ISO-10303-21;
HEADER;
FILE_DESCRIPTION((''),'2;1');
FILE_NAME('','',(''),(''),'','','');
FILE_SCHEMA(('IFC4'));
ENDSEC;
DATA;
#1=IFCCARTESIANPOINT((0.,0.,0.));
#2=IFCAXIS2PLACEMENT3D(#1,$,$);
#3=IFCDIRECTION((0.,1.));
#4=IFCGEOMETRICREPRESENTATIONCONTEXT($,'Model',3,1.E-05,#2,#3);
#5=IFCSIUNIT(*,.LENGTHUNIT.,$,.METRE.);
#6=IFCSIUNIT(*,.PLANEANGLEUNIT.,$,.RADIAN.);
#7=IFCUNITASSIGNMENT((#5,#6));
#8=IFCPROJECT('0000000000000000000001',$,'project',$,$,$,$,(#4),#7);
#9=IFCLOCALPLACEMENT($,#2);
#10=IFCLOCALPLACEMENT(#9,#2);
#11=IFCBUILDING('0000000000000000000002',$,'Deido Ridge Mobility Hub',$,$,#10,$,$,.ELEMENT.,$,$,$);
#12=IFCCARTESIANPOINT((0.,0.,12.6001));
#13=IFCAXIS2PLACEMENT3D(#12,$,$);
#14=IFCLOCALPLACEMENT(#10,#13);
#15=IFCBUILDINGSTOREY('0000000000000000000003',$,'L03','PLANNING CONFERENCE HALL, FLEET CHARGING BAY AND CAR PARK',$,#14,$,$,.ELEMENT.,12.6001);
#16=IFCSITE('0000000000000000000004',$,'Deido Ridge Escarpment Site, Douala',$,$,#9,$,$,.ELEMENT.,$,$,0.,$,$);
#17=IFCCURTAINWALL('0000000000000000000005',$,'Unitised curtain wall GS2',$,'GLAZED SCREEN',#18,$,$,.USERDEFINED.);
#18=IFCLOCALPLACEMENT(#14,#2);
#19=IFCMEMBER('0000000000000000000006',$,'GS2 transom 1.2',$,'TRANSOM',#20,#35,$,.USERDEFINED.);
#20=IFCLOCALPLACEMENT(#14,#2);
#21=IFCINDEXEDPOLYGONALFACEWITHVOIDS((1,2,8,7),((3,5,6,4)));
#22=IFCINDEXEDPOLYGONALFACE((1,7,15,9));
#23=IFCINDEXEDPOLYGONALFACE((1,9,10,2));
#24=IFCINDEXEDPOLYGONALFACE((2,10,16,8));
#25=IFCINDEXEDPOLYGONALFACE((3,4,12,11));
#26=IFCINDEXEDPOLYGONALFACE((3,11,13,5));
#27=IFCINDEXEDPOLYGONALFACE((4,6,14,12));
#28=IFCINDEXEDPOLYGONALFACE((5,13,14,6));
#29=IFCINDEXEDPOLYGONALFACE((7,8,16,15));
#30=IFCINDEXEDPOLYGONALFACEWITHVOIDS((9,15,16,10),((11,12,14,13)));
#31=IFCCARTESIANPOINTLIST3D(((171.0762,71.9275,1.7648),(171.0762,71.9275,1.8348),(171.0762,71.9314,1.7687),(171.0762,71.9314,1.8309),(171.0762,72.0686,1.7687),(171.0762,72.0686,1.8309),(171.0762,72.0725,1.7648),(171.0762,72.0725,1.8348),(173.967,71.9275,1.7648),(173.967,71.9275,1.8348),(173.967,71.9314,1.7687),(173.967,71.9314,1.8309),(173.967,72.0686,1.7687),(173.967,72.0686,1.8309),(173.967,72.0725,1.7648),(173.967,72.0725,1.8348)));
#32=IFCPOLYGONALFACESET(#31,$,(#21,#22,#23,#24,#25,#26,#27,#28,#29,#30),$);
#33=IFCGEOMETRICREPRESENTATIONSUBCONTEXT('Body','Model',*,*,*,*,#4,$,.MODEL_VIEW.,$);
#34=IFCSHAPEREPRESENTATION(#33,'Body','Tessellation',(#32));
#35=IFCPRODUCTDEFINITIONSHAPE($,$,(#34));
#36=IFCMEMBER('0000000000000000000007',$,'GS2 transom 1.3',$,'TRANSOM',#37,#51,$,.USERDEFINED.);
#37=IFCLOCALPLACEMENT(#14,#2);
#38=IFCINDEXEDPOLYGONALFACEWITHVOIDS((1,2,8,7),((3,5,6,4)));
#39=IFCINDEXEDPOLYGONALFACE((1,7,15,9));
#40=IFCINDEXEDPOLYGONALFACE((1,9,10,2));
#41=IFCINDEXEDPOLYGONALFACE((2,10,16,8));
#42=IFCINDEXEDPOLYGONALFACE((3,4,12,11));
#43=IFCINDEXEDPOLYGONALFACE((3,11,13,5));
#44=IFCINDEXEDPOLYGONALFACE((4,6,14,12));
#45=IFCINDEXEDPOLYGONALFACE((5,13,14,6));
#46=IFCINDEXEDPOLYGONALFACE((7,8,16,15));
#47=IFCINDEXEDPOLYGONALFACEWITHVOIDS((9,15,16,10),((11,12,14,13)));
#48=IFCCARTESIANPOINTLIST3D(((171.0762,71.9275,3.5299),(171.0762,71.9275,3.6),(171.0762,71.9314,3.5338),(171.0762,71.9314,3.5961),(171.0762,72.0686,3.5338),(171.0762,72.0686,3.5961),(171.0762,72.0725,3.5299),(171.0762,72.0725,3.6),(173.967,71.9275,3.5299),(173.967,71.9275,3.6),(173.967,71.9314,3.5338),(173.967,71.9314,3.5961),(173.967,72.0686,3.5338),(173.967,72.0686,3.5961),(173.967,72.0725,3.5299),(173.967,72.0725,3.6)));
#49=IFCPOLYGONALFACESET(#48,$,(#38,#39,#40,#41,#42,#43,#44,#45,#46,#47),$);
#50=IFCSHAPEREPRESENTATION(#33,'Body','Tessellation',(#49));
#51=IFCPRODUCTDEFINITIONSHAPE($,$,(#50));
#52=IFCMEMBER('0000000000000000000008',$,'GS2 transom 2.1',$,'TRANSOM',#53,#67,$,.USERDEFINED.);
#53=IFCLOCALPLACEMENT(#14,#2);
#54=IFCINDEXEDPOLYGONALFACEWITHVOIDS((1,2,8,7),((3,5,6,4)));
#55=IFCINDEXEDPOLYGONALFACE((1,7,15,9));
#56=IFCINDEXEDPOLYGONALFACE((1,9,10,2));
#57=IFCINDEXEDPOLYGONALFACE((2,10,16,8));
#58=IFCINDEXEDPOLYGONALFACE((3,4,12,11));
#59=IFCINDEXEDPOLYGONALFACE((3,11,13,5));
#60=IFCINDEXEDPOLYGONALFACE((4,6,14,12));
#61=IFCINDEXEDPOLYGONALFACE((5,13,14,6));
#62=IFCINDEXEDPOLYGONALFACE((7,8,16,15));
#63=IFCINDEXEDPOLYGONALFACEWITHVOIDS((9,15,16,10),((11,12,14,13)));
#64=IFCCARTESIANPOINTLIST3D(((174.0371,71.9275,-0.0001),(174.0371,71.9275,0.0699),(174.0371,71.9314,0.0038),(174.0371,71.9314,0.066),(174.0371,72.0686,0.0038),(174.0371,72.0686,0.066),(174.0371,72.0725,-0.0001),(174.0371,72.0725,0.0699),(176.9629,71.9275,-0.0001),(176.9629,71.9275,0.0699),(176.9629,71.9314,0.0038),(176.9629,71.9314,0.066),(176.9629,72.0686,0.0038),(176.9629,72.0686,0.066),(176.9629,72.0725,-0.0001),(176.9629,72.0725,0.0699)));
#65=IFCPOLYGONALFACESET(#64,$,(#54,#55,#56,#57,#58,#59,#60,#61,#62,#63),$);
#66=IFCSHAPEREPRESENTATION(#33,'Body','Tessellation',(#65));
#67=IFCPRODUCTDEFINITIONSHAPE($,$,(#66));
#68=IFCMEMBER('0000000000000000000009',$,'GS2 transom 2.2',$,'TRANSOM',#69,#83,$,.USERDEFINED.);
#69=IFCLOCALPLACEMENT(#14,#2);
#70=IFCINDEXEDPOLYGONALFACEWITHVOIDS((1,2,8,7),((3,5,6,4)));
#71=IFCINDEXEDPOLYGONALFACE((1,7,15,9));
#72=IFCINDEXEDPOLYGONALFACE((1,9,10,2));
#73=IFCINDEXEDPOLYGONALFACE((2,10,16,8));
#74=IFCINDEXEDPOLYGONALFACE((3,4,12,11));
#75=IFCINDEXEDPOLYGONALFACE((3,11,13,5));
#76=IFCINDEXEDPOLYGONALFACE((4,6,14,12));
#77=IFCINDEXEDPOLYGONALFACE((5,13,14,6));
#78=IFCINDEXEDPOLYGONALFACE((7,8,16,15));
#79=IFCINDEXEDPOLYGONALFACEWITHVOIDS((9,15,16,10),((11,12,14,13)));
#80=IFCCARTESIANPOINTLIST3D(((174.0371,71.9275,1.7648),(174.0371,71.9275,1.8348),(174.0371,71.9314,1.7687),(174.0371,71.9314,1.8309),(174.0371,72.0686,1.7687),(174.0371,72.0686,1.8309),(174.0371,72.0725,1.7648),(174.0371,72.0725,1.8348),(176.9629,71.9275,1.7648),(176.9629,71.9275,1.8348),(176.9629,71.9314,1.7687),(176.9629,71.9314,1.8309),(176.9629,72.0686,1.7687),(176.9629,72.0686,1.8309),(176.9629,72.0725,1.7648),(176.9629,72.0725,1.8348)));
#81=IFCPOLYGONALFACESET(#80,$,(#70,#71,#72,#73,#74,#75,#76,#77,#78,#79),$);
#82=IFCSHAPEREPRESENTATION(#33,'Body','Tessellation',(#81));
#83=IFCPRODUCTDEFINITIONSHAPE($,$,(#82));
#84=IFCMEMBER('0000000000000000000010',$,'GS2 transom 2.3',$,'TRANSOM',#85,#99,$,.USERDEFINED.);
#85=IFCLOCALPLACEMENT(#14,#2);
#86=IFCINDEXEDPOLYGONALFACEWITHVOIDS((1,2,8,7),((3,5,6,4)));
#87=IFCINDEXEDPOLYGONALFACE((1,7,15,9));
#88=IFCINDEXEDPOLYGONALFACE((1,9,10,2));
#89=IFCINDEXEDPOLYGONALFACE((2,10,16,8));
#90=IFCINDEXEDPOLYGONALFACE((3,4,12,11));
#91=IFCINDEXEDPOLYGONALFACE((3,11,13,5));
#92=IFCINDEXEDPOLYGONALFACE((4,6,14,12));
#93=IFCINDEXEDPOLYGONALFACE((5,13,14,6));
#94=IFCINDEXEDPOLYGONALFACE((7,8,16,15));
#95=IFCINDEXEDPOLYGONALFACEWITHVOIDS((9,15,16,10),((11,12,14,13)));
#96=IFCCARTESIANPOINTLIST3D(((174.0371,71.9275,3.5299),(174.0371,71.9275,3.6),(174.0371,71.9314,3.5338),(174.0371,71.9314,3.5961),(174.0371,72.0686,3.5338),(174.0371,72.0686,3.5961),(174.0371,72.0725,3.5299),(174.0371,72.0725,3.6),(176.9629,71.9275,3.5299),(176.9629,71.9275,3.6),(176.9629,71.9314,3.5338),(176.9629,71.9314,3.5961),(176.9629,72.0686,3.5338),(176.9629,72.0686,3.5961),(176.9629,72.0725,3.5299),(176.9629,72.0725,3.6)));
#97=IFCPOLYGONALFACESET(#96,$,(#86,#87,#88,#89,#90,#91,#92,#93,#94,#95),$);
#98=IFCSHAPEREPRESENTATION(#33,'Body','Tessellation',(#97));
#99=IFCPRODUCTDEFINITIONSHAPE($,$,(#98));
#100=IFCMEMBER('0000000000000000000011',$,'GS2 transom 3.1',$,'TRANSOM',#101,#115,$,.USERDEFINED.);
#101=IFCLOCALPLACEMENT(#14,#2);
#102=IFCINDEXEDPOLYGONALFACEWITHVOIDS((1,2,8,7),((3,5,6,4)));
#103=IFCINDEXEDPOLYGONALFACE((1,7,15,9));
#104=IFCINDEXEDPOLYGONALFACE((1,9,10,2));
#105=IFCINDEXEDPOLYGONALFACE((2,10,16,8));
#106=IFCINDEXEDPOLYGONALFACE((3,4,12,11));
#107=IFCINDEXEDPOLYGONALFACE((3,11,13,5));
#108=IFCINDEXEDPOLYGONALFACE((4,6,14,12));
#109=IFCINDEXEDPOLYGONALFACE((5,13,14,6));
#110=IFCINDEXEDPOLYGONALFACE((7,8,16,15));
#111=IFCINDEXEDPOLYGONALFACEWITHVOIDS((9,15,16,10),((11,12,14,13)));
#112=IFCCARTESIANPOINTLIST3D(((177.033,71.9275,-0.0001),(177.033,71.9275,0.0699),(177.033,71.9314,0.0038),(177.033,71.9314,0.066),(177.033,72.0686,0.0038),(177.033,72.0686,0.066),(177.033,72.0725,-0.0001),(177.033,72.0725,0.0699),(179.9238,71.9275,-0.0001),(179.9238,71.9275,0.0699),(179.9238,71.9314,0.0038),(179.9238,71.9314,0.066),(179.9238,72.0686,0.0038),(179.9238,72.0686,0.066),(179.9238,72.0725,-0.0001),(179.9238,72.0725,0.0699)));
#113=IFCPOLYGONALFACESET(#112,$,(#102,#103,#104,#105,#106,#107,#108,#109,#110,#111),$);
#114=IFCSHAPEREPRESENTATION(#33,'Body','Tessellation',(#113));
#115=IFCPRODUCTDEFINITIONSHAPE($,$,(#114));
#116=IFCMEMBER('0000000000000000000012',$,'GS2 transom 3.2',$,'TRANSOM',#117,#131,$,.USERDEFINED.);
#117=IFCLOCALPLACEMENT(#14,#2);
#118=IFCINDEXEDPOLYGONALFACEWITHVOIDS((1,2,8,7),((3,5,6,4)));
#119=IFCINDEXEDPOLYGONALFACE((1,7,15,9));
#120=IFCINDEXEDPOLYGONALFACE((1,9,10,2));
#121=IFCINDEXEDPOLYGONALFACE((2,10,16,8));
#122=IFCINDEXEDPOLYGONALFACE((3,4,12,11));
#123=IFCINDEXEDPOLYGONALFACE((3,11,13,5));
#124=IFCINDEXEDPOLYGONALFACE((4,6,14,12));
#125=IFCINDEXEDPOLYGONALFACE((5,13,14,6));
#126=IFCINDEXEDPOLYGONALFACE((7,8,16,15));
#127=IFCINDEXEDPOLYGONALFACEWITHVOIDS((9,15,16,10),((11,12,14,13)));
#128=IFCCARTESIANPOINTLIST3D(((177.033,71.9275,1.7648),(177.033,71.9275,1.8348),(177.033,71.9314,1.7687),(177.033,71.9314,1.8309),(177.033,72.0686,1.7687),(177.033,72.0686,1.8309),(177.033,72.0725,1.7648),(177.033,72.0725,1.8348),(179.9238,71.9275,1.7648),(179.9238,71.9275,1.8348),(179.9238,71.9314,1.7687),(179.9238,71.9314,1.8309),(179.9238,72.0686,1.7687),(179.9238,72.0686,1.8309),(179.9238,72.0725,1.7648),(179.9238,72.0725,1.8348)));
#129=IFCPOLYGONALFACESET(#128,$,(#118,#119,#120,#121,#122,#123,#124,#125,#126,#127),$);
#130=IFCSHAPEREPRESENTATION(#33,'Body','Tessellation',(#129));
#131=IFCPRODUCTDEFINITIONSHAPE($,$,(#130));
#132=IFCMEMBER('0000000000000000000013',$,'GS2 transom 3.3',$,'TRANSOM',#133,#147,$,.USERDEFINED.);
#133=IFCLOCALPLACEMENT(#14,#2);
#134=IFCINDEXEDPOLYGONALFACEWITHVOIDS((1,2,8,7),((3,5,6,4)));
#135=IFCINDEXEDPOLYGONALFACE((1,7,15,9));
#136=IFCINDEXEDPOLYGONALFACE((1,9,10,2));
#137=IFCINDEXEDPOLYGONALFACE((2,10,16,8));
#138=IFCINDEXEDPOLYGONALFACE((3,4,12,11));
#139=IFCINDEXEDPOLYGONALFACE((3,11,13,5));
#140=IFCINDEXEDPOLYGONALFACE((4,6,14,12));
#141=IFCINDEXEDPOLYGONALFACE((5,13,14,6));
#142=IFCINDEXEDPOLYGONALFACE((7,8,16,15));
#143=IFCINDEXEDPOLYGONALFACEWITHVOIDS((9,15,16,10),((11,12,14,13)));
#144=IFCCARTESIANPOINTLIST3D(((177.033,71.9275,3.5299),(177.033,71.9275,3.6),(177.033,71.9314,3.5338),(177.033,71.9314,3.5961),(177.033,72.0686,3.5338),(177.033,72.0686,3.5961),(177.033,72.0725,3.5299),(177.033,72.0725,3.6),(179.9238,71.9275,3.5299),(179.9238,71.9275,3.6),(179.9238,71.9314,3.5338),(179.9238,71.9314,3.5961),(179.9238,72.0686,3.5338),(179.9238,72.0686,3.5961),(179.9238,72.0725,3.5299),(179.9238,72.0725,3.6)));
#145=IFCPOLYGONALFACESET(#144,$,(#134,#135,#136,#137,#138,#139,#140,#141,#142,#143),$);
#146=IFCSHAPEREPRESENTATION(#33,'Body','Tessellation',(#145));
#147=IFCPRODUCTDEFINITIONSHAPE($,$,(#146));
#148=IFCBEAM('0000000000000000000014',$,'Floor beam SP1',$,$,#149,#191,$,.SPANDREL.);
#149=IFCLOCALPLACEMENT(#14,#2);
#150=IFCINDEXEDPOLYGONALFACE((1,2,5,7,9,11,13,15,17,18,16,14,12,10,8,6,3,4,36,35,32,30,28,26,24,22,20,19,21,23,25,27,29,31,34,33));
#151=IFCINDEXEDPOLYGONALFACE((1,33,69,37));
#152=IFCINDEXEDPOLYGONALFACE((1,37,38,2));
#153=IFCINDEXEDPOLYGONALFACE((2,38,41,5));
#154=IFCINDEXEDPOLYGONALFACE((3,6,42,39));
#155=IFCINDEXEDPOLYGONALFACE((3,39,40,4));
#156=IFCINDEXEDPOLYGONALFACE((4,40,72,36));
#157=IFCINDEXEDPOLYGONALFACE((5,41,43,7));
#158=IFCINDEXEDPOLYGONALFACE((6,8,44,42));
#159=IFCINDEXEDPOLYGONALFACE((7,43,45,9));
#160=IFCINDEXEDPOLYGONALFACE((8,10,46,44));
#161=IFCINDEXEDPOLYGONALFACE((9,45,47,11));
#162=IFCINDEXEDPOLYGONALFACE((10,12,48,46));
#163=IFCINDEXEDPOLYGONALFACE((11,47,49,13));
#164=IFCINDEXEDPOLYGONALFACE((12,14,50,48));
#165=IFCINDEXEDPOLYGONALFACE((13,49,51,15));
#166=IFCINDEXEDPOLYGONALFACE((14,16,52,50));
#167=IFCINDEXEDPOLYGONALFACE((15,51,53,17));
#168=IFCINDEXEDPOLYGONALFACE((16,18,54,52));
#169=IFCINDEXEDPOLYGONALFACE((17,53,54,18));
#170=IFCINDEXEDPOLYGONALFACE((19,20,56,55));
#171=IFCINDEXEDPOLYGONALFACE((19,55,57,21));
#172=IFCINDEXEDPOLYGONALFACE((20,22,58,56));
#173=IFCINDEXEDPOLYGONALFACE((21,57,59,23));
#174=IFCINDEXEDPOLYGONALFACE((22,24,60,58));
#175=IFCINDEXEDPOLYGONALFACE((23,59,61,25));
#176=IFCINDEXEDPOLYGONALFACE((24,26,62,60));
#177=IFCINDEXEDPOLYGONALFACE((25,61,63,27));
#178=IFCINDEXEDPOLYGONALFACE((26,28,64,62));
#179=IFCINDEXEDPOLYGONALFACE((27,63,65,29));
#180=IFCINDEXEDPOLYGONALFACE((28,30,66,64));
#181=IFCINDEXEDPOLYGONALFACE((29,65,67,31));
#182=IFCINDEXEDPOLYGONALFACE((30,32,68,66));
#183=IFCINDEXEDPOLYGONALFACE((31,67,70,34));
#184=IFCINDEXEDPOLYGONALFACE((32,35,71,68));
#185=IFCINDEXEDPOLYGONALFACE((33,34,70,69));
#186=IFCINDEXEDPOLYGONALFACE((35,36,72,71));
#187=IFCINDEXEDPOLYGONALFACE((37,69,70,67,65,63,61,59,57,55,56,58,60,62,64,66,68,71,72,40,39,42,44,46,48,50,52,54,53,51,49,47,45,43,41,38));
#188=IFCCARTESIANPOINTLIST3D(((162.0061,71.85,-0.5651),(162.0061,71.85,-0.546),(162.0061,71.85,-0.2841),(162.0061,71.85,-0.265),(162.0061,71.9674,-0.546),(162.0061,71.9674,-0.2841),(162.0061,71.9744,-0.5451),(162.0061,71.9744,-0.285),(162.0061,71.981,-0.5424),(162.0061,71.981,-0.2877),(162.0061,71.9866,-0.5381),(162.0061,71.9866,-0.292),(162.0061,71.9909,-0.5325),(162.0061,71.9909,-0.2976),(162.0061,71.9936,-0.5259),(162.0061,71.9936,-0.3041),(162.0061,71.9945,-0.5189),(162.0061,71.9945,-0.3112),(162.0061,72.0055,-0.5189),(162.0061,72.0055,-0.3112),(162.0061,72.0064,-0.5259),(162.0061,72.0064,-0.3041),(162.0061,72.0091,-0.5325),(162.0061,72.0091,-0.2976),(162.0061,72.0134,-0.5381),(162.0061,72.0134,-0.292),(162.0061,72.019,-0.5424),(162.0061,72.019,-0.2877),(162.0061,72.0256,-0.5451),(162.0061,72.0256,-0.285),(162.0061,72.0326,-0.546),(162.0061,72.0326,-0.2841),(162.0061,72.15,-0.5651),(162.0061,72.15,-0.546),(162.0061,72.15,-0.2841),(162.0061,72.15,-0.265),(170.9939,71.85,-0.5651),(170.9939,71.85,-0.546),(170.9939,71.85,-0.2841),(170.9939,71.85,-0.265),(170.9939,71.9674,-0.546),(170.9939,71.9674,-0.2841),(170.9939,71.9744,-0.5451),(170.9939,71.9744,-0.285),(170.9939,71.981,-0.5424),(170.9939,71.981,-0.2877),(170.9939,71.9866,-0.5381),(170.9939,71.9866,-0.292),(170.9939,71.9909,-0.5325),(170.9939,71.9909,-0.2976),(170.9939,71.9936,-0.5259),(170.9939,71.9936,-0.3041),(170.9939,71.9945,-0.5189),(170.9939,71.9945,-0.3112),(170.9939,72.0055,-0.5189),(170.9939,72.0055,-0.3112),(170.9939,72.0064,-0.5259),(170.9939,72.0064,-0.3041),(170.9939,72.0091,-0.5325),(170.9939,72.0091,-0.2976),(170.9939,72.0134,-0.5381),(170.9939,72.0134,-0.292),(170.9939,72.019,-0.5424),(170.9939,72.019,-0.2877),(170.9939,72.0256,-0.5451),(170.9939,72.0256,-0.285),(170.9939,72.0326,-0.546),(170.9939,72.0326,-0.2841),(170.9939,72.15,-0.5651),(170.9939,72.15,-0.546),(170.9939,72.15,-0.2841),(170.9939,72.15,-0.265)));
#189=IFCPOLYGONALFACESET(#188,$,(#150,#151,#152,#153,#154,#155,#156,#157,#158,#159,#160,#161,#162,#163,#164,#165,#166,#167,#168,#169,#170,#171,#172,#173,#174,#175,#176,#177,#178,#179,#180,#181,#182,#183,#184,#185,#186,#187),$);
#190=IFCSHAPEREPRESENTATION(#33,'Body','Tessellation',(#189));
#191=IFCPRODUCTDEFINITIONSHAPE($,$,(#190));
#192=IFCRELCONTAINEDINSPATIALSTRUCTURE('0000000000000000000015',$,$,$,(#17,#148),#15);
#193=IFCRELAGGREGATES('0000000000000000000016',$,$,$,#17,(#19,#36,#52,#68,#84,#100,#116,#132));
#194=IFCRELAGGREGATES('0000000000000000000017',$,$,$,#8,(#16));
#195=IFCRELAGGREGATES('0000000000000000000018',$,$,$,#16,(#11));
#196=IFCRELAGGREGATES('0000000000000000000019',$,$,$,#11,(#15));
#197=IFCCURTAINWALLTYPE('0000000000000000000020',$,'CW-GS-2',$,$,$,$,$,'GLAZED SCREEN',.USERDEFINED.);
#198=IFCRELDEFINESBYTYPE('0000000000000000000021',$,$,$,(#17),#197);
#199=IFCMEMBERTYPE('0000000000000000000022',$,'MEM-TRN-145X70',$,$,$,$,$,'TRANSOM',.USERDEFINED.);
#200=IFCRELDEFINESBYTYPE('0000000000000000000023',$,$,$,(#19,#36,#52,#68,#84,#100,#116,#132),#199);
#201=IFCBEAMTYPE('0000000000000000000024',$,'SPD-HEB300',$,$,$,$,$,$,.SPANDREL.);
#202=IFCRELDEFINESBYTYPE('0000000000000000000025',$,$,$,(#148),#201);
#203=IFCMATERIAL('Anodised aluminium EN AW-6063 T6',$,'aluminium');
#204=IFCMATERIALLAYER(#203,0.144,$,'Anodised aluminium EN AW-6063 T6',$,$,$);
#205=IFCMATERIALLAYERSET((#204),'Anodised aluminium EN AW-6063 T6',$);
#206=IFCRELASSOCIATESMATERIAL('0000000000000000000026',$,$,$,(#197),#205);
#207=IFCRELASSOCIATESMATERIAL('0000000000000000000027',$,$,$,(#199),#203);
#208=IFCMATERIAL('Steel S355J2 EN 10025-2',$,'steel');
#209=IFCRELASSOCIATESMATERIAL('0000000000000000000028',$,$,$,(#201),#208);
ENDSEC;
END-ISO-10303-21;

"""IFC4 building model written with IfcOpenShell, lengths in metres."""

from ifc_helpers import new_model, si_unit, direction, frame, origin, origin_2d, place, context, subcontext, project, spatial, hollow_rectangle, i_section, extrude, material, layer, layer_set, material_profile, profile_set, type_object, element, aggregate, save


model = new_model("IFC4")

# Units and contexts
model_context = context("Model", 3, precision=1e-05, world=origin(), true_north=direction((0.0, 1.0)))
body_context = subcontext(model_context, "Body", "Model", "MODEL_VIEW")
ifc_project = project(units=[si_unit("LENGTHUNIT", "METRE"), si_unit("PLANEANGLEUNIT", "RADIAN")], contexts=[model_context])

# Site, building, storey
site_placement = place(None, origin())
site = spatial("IfcSite", under=ifc_project, at=site_placement, Name="Deido Ridge Escarpment Site, Douala", CompositionType="ELEMENT", RefElevation=0.0)
building_placement = place(site_placement, origin())
building = spatial("IfcBuilding", under=site, at=building_placement, Name="Deido Ridge Mobility Hub", CompositionType="ELEMENT")
storey_placement = place(building_placement, frame((0.0, 0.0, 12.6001)))
storey = spatial("IfcBuildingStorey", under=building, at=storey_placement, Name="L03", Description="PLANNING CONFERENCE HALL, FLEET CHARGING BAY AND CAR PARK", CompositionType="ELEMENT", Elevation=12.6001)

# Shared definitions
ifc_material_1 = material(Name="Steel S355J2 EN 10025-2", Category="steel")

# Curtain wall, members
ifc_material_2 = material(Name="Anodised aluminium EN AW-6063 T6", Category="aluminium")
ifc_layer_1 = layer(ifc_material_2, 0.144, Name="Anodised aluminium EN AW-6063 T6")
ifc_layer_set_1 = layer_set([ifc_layer_1], Name="Anodised aluminium EN AW-6063 T6")
curtain_wall_type = type_object("IfcCurtainWallType", Name="CW-GS-2", ElementType="GLAZED SCREEN", PredefinedType="USERDEFINED", material=ifc_layer_set_1)
curtain_wall_placement = place(storey_placement, origin())
curtain_wall = element("IfcCurtainWall", 1, at=curtain_wall_placement, inside=storey, type_object=curtain_wall_type, Name="Unitised curtain wall GS2", ObjectType="GLAZED SCREEN", PredefinedType="USERDEFINED")
ifc_material_profile_1 = material_profile(ifc_material_2, hollow_rectangle(XDim=0.145, YDim=0.0701, WallThickness=0.0039, at=origin_2d()), Name="RHS 145x70x4")
ifc_profile_set_1 = profile_set([ifc_material_profile_1], Name="Anodised aluminium EN AW-6063 T6")
member_type_1 = type_object("IfcMemberType", Name="MEM-TRN-145X70", ElementType="TRANSOM", PredefinedType="USERDEFINED", material=ifc_profile_set_1)
member_1_placement = place(storey_placement, frame((171.0762, 72.0, 1.7998), z_axis=(1.0, 0.0, 0.0), x_axis=(0.0, 1.0, 0.0)))
member_1 = element("IfcMember", 2, at=member_1_placement, type_object=member_type_1, Name="GS2 transom 1.2", ObjectType="TRANSOM", PredefinedType="USERDEFINED", context=body_context, shape_type="SweptSolid", body=[
    extrude(hollow_rectangle(XDim=0.145, YDim=0.0701, WallThickness=0.0039, at=origin_2d()), origin(), (0.0, 0.0, 1.0), 2.8909),
])
member_2_placement = place(storey_placement, frame((171.0762, 72.0, 3.5649), z_axis=(1.0, 0.0, 0.0), x_axis=(0.0, 1.0, 0.0)))
member_2 = element("IfcMember", 3, at=member_2_placement, type_object=member_type_1, Name="GS2 transom 1.3", ObjectType="TRANSOM", PredefinedType="USERDEFINED", context=body_context, shape_type="SweptSolid", body=[
    extrude(hollow_rectangle(XDim=0.145, YDim=0.0701, WallThickness=0.0039, at=origin_2d()), origin(), (0.0, 0.0, 1.0), 2.8909),
])
member_3_placement = place(storey_placement, frame((174.0371, 72.0, 0.0349), z_axis=(1.0, 0.0, 0.0), x_axis=(0.0, 1.0, 0.0)))
member_3 = element("IfcMember", 4, at=member_3_placement, type_object=member_type_1, Name="GS2 transom 2.1", ObjectType="TRANSOM", PredefinedType="USERDEFINED", context=body_context, shape_type="SweptSolid", body=[
    extrude(hollow_rectangle(XDim=0.145, YDim=0.0701, WallThickness=0.0039, at=origin_2d()), origin(), (0.0, 0.0, 1.0), 2.9258),
])
member_4_placement = place(storey_placement, frame((174.0371, 72.0, 1.7998), z_axis=(1.0, 0.0, 0.0), x_axis=(0.0, 1.0, 0.0)))
member_4 = element("IfcMember", 5, at=member_4_placement, type_object=member_type_1, Name="GS2 transom 2.2", ObjectType="TRANSOM", PredefinedType="USERDEFINED", context=body_context, shape_type="SweptSolid", body=[
    extrude(hollow_rectangle(XDim=0.145, YDim=0.0701, WallThickness=0.0039, at=origin_2d()), origin(), (0.0, 0.0, 1.0), 2.9258),
])
member_5_placement = place(storey_placement, frame((174.0371, 72.0, 3.5649), z_axis=(1.0, 0.0, 0.0), x_axis=(0.0, 1.0, 0.0)))
member_5 = element("IfcMember", 6, at=member_5_placement, type_object=member_type_1, Name="GS2 transom 2.3", ObjectType="TRANSOM", PredefinedType="USERDEFINED", context=body_context, shape_type="SweptSolid", body=[
    extrude(hollow_rectangle(XDim=0.145, YDim=0.0701, WallThickness=0.0039, at=origin_2d()), origin(), (0.0, 0.0, 1.0), 2.9258),
])
member_6_placement = place(storey_placement, frame((177.033, 72.0, 0.0349), z_axis=(1.0, 0.0, 0.0), x_axis=(0.0, 1.0, 0.0)))
member_6 = element("IfcMember", 7, at=member_6_placement, type_object=member_type_1, Name="GS2 transom 3.1", ObjectType="TRANSOM", PredefinedType="USERDEFINED", context=body_context, shape_type="SweptSolid", body=[
    extrude(hollow_rectangle(XDim=0.145, YDim=0.0701, WallThickness=0.0039, at=origin_2d()), origin(), (0.0, 0.0, 1.0), 2.8909),
])
member_7_placement = place(storey_placement, frame((177.033, 72.0, 1.7998), z_axis=(1.0, 0.0, 0.0), x_axis=(0.0, 1.0, 0.0)))
member_7 = element("IfcMember", 8, at=member_7_placement, type_object=member_type_1, Name="GS2 transom 3.2", ObjectType="TRANSOM", PredefinedType="USERDEFINED", context=body_context, shape_type="SweptSolid", body=[
    extrude(hollow_rectangle(XDim=0.145, YDim=0.0701, WallThickness=0.0039, at=origin_2d()), origin(), (0.0, 0.0, 1.0), 2.8909),
])
member_8_placement = place(storey_placement, frame((177.033, 72.0, 3.5649), z_axis=(1.0, 0.0, 0.0), x_axis=(0.0, 1.0, 0.0)))
member_8 = element("IfcMember", 9, at=member_8_placement, type_object=member_type_1, Name="GS2 transom 3.3", ObjectType="TRANSOM", PredefinedType="USERDEFINED", context=body_context, shape_type="SweptSolid", body=[
    extrude(hollow_rectangle(XDim=0.145, YDim=0.0701, WallThickness=0.0039, at=origin_2d()), origin(), (0.0, 0.0, 1.0), 2.8909),
])

# Beam
ifc_material_profile_2 = material_profile(ifc_material_1, i_section(OverallWidth=0.3, OverallDepth=0.3, WebThickness=0.011, FlangeThickness=0.019, FilletRadius=0.0271, at=origin_2d()), Name="HEB 300")
ifc_profile_set_2 = profile_set([ifc_material_profile_2], Name="Steel S355J2 EN 10025-2")
beam_type = type_object("IfcBeamType", Name="SPD-HEB300", PredefinedType="SPANDREL", material=ifc_profile_set_2)
for number, where, z_axis, x_axis, name in (
    (10, (162.0061, 72.0, -0.415), (1.0, 0.0, 0.0), (0.0, 1.0, 0.0), "Floor beam SP1"),
):
    element("IfcBeam", number, at=place(storey_placement, frame(where, z_axis=z_axis, x_axis=x_axis)), inside=storey, type_object=beam_type, Name=name, PredefinedType="SPANDREL", context=body_context, shape_type="SweptSolid", body=[
        extrude(i_section(OverallWidth=0.3, OverallDepth=0.3, WebThickness=0.011, FlangeThickness=0.019, FilletRadius=0.0271, at=origin_2d()), origin(), (0.0, 0.0, 1.0), 8.9878),
    ])

aggregate(curtain_wall, [member_1, member_2, member_3, member_4, member_5, member_6, member_7, member_8])

save(model, "model.ifc")
